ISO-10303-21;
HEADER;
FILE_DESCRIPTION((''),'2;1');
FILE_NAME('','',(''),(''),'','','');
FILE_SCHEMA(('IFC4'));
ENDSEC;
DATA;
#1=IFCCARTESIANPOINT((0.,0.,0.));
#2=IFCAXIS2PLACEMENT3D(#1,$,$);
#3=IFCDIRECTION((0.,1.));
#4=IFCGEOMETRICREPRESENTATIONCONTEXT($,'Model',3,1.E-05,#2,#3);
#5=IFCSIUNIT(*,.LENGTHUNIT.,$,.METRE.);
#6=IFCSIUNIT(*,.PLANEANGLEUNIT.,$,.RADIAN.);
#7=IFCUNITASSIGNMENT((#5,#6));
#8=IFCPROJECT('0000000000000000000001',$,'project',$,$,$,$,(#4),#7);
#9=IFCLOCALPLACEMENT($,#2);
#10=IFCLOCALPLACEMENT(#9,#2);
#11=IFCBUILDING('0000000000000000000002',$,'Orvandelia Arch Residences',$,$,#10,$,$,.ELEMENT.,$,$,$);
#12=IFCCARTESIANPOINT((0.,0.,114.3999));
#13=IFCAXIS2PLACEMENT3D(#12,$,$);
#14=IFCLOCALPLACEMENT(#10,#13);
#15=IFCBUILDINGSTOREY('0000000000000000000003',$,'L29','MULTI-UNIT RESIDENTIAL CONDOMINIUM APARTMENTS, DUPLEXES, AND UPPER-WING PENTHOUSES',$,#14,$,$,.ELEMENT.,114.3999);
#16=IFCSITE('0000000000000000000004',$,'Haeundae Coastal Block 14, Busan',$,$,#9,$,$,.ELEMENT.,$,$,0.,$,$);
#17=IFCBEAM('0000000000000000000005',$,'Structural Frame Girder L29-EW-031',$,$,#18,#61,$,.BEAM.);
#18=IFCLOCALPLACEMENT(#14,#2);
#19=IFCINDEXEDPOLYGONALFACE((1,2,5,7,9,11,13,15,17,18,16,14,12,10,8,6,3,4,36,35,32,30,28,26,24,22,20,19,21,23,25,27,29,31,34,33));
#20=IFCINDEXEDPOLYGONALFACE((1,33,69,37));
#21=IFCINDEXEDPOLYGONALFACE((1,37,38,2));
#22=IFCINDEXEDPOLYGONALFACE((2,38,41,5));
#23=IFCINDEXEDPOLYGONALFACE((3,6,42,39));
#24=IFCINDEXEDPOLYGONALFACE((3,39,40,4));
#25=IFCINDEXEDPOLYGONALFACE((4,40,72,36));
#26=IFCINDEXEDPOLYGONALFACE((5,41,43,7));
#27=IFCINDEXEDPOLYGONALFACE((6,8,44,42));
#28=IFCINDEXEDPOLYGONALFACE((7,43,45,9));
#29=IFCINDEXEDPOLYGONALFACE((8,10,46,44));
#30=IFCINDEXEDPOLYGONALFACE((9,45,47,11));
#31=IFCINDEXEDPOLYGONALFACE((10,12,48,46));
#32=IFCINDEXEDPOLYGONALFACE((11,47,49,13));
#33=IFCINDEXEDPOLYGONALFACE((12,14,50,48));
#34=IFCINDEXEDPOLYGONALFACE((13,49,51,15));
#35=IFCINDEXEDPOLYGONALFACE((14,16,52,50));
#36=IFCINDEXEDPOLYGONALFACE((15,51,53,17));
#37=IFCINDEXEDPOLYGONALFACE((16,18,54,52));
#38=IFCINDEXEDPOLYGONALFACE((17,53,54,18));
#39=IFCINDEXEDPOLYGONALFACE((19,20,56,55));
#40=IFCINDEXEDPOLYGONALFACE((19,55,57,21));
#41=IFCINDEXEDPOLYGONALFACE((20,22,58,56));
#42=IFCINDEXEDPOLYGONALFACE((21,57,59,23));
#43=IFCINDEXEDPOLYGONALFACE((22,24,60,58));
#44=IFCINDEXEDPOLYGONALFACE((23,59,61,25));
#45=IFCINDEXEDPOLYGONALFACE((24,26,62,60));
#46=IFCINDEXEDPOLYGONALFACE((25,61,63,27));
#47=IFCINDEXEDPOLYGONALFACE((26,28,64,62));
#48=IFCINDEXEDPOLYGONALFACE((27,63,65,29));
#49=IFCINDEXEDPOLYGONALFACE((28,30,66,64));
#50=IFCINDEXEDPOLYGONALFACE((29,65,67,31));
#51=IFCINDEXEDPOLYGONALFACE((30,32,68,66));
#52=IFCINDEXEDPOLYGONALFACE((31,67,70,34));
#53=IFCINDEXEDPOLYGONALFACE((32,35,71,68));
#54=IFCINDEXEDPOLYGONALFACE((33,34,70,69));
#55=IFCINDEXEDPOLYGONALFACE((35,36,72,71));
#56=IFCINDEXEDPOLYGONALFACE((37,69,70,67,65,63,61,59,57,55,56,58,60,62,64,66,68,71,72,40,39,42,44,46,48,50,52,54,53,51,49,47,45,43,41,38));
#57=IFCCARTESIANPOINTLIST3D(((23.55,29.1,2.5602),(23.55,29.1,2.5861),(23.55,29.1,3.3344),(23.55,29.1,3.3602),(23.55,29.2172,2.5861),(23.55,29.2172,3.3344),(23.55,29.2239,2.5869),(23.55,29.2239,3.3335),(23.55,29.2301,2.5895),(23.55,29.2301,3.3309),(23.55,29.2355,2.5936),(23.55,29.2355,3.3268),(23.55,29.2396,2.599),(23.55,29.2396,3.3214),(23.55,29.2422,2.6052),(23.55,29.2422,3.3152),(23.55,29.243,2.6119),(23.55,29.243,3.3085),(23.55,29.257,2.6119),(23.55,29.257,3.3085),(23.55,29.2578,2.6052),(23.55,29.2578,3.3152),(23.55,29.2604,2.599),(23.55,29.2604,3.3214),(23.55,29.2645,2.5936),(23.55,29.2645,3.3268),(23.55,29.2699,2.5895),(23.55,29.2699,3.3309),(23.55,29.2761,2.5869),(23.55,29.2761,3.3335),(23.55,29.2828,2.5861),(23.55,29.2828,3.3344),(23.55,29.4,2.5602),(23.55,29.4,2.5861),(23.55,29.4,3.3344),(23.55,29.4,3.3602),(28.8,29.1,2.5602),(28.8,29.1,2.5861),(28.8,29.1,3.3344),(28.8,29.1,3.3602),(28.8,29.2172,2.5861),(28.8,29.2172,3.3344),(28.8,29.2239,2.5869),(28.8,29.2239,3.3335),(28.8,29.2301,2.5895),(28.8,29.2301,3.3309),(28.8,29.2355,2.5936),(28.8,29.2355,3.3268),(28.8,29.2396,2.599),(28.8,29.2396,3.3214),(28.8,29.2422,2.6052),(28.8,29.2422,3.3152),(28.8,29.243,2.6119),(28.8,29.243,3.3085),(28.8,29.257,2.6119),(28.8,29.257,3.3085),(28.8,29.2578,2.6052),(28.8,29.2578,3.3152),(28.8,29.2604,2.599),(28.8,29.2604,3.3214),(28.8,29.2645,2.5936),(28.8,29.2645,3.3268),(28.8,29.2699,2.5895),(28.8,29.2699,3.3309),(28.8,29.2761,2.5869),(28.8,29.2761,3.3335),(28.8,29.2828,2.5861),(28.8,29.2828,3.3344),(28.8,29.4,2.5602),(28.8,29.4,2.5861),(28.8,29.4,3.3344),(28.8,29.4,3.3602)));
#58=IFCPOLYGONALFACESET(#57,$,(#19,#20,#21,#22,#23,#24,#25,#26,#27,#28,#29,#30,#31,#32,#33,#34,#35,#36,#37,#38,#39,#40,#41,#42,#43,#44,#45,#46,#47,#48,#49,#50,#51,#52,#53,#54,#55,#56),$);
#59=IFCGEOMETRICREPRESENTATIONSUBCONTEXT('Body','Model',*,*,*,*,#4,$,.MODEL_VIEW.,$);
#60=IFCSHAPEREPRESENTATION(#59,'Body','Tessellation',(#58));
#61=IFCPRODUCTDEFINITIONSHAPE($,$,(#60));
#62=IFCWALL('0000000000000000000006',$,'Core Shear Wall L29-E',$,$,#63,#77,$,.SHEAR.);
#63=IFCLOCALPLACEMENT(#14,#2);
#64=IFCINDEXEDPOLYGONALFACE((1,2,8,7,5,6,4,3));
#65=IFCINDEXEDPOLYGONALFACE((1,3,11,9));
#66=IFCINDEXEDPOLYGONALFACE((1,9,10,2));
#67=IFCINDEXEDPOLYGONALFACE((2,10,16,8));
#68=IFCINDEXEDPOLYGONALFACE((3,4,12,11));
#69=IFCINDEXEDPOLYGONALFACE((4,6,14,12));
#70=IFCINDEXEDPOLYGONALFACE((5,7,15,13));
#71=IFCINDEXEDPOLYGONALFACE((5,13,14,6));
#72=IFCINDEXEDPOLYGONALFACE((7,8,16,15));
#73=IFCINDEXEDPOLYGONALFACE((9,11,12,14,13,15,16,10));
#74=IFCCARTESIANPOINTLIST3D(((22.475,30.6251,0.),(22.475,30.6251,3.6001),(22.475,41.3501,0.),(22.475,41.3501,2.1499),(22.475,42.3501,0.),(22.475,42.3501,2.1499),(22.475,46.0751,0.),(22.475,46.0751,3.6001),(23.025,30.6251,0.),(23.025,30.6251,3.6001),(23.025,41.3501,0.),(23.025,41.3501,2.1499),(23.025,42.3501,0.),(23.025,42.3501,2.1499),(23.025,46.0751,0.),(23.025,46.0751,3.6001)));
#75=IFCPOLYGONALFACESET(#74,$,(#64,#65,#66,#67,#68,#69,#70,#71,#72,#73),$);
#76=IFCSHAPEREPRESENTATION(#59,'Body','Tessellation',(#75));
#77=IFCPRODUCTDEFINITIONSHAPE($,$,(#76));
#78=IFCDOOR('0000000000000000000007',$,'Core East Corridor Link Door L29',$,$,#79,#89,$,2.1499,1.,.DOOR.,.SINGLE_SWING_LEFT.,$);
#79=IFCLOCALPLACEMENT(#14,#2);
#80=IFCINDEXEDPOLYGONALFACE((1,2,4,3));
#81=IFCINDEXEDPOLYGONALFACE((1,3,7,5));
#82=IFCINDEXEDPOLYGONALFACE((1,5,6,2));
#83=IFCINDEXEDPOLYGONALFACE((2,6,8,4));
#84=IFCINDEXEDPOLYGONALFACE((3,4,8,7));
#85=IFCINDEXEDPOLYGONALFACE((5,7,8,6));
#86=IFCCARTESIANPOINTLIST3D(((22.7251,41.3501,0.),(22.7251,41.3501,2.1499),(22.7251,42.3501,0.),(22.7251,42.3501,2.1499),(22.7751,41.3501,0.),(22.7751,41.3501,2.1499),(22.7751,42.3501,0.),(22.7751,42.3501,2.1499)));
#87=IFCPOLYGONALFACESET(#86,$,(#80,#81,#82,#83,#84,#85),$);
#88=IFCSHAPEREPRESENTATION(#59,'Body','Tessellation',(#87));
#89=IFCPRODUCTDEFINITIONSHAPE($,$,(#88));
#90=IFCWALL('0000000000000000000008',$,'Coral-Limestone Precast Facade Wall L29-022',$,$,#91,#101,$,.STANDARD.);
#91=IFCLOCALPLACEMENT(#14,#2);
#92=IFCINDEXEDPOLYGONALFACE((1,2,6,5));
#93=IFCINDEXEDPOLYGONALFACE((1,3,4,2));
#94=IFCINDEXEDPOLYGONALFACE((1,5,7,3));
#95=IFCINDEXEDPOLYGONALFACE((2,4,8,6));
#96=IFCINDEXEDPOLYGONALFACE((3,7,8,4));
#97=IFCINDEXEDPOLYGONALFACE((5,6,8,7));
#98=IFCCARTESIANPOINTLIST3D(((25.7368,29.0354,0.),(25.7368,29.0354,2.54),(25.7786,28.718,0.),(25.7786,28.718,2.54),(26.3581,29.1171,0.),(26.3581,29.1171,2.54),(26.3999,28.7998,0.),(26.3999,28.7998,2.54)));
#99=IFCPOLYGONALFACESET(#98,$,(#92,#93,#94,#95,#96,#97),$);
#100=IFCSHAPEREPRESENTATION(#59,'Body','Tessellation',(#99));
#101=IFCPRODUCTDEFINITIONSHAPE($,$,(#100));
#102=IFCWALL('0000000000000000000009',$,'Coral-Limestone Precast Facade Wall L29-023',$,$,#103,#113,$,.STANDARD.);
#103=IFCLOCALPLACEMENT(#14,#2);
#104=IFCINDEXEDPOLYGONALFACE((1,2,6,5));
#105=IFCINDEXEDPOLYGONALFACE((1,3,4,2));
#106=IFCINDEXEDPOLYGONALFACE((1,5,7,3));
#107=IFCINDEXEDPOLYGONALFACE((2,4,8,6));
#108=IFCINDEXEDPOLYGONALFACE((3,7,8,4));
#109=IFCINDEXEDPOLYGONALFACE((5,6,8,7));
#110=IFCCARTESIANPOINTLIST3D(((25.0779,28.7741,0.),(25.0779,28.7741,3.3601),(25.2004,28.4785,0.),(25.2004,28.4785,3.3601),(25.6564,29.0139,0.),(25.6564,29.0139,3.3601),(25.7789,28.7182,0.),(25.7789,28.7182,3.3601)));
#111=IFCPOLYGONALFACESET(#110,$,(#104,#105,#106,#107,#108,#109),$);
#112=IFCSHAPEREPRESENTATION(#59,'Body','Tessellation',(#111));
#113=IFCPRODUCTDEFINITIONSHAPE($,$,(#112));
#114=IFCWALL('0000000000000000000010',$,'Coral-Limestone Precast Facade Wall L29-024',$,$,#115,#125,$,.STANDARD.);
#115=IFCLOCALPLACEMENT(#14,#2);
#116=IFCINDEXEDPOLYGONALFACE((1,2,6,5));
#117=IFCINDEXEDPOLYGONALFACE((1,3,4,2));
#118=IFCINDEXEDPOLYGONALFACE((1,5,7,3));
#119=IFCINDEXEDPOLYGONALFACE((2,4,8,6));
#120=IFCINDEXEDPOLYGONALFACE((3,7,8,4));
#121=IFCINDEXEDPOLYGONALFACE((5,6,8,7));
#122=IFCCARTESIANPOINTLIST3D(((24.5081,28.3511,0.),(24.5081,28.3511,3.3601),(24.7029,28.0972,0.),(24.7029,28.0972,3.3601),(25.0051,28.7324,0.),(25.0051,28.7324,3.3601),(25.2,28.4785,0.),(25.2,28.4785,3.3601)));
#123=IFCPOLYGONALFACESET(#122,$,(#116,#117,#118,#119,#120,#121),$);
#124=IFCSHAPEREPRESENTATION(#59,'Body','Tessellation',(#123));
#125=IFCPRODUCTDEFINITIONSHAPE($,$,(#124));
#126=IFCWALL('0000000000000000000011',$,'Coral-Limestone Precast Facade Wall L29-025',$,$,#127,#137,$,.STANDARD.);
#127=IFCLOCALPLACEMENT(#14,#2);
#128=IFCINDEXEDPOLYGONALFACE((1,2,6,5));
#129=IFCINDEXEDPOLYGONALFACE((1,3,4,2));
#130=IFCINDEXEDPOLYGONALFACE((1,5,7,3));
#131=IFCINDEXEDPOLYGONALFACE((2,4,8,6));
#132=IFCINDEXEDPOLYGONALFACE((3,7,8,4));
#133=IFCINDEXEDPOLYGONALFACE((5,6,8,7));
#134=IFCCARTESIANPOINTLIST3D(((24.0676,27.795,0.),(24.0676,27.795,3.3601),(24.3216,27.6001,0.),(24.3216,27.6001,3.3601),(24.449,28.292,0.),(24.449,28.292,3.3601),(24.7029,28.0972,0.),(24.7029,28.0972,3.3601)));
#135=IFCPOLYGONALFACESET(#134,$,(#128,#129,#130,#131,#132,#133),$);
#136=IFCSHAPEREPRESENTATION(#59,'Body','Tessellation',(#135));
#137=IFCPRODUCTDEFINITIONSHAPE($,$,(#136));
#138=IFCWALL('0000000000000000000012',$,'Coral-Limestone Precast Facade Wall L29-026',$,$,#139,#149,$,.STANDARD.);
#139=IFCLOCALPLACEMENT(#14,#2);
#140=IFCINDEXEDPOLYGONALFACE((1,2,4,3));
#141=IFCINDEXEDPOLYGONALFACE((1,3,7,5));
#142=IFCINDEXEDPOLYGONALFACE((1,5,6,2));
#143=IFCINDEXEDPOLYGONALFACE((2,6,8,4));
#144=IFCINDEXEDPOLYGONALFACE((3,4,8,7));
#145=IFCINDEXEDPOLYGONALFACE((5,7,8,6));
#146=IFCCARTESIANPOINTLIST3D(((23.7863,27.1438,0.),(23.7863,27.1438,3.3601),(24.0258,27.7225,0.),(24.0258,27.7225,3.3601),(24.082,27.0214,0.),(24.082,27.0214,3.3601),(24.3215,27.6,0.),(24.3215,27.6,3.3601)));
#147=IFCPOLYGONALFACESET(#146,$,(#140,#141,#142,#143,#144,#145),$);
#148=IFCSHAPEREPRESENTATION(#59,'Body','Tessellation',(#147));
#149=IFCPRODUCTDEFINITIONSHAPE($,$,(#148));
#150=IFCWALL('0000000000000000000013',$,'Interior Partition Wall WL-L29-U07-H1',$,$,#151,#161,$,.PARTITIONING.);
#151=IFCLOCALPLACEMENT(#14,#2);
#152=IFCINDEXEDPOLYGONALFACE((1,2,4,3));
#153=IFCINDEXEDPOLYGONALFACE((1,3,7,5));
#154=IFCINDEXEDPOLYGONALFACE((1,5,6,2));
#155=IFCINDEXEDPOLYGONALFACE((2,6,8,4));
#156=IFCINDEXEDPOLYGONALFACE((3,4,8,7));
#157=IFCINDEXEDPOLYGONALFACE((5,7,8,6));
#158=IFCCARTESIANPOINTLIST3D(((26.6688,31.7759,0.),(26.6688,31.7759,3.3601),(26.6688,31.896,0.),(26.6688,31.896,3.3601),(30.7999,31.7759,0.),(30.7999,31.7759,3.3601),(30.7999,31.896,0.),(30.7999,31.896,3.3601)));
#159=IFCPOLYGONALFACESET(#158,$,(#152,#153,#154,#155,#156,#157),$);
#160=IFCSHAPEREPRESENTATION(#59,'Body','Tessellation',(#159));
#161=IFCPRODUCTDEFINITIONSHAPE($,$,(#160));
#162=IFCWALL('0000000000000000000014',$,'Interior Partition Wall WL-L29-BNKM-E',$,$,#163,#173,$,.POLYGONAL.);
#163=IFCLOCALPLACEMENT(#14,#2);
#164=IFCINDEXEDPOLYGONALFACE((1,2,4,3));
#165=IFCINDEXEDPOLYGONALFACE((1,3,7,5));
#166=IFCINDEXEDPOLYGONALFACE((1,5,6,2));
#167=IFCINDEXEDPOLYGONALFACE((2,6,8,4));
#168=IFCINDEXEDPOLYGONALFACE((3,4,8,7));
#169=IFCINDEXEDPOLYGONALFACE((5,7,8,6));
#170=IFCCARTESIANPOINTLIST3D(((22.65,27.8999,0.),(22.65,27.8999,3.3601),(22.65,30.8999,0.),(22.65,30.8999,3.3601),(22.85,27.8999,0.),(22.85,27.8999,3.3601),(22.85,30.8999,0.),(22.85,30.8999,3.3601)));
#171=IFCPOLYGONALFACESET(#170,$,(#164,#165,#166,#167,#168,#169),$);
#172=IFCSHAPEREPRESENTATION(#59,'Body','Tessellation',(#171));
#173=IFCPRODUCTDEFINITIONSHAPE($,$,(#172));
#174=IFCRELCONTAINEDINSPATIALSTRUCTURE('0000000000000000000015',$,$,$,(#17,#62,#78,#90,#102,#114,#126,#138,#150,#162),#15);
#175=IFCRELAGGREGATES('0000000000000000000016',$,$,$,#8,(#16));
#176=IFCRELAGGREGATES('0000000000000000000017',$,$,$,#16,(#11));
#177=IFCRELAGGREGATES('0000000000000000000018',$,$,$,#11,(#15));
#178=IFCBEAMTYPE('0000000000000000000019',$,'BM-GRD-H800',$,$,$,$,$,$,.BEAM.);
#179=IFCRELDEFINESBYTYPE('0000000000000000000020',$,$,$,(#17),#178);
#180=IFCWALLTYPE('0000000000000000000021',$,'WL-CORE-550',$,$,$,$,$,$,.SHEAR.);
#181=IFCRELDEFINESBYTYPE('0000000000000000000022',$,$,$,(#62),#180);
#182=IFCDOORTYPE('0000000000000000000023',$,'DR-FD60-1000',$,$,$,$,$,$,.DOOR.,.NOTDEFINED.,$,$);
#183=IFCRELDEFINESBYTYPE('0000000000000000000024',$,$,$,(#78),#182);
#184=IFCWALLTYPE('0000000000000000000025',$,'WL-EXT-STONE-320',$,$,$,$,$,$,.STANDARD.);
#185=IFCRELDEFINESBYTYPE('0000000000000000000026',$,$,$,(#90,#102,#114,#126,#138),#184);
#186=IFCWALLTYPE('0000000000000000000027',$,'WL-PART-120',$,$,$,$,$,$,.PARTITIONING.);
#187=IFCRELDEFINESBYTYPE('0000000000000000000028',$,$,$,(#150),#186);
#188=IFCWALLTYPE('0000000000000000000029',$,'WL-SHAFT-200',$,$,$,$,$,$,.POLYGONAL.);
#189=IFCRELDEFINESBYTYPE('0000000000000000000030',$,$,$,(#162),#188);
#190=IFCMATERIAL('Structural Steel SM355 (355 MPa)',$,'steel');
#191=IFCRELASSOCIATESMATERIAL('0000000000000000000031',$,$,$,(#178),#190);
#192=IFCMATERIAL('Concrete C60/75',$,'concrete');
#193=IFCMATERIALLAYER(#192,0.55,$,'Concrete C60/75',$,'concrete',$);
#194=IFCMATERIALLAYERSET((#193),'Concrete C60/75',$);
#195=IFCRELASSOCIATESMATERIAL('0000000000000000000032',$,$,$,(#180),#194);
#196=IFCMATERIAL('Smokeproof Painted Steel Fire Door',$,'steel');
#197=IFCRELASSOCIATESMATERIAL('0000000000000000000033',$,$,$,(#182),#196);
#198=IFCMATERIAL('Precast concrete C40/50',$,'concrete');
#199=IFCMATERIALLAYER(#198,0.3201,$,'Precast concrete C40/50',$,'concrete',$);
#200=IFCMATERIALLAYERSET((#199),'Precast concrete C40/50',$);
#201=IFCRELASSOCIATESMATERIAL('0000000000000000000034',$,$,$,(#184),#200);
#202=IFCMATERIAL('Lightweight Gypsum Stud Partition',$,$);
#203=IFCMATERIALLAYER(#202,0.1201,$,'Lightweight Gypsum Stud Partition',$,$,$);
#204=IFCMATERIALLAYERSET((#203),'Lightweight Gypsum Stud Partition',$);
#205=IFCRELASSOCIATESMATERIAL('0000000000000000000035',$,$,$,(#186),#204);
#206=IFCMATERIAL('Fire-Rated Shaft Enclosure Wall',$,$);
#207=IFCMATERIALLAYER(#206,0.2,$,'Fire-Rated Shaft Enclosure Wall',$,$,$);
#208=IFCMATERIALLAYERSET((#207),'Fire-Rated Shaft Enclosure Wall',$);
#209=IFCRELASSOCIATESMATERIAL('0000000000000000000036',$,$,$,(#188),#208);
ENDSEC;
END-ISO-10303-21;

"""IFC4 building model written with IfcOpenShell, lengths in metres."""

from ifc_helpers import new_model, si_unit, direction, frame, frame_2d, origin, origin_2d, place, context, subcontext, project, spatial, rectangle, i_section, extrude, material, layer, layer_set, material_profile, profile_set, type_object, element, fill, save


model = new_model("IFC4")

# Units and contexts
model_context = context("Model", 3, precision=1e-05, world=origin(), true_north=direction((0.0, 1.0)))
body_context = subcontext(model_context, "Body", "Model", "MODEL_VIEW")
ifc_project = project(units=[si_unit("LENGTHUNIT", "METRE"), si_unit("PLANEANGLEUNIT", "RADIAN")], contexts=[model_context])

# Site, building, storey
site_placement = place(None, origin())
site = spatial("IfcSite", under=ifc_project, at=site_placement, Name="Haeundae Coastal Block 14, Busan", CompositionType="ELEMENT", RefElevation=0.0)
building_placement = place(site_placement, origin())
building = spatial("IfcBuilding", under=site, at=building_placement, Name="Orvandelia Arch Residences", CompositionType="ELEMENT")
storey_placement = place(building_placement, frame((0.0, 0.0, 114.3999)))
storey = spatial("IfcBuildingStorey", under=building, at=storey_placement, Name="L29", Description="MULTI-UNIT RESIDENTIAL CONDOMINIUM APARTMENTS, DUPLEXES, AND UPPER-WING PENTHOUSES", CompositionType="ELEMENT", Elevation=114.3999)

# Shared definitions
ifc_material_1 = material(Name="Concrete C60/75", Category="concrete")

# Beam
ifc_material_2 = material(Name="Structural Steel SM355 (355 MPa)", Category="steel")
ifc_material_profile_1 = material_profile(ifc_material_2, i_section(OverallWidth=0.3, OverallDepth=0.8, WebThickness=0.0139, FlangeThickness=0.0259, FilletRadius=0.0259, at=origin_2d()), Name="Structural Steel SM355 (355 MPa)", Category="steel")
ifc_profile_set_1 = profile_set([ifc_material_profile_1], Name="Structural Steel SM355 (355 MPa)")
beam_type = type_object("IfcBeamType", Name="BM-GRD-H800", PredefinedType="BEAM", material=ifc_profile_set_1)
beam_1_placement = place(storey_placement, frame((23.55, 29.25, 2.9602), z_axis=(1.0, 0.0, 0.0), x_axis=(0.0, 1.0, 0.0)))
element("IfcBeam", 1, at=beam_1_placement, inside=storey, type_object=beam_type, Name="Structural Frame Girder L29-EW-031", PredefinedType="BEAM", context=body_context, shape_type="SweptSolid", body=[
    extrude(i_section(OverallWidth=0.3, OverallDepth=0.8, WebThickness=0.0139, FlangeThickness=0.0259, FilletRadius=0.0259, at=origin_2d()), origin(), (0.0, 0.0, 1.0), 5.25),
])

# Wall, opening, door
ifc_layer_1 = layer(ifc_material_1, 0.55, Name="Concrete C60/75", Category="concrete")
ifc_layer_set_1 = layer_set([ifc_layer_1], Name="Concrete C60/75")
wall_type_1 = type_object("IfcWallType", Name="WL-CORE-550", PredefinedType="SHEAR", material=ifc_layer_set_1)
wall_1_placement = place(storey_placement, frame((22.75, 30.625, 0.0), z_axis=(0.0, 0.0, 1.0), x_axis=(0.0, 1.0, 0.0)))
wall_1 = element("IfcWall", 2, at=wall_1_placement, inside=storey, type_object=wall_type_1, Name="Core Shear Wall L29-E", PredefinedType="SHEAR", context=body_context, shape_type="SweptSolid", body=[
    extrude(rectangle(XDim=15.45, YDim=0.55, at=frame_2d((7.7251, 0.0))), origin(), (0.0, 0.0, 1.0), 3.6001),
])
opening_1_placement = place(wall_1_placement, frame((10.7251, 0.0, 0.0)))
opening_1 = element("IfcOpeningElement", 3, at=opening_1_placement, cuts=wall_1, PredefinedType="OPENING", context=body_context, shape_type="SweptSolid", body=[
    extrude(rectangle(XDim=1.0, YDim=2.1499, at=frame_2d((0.5, 1.075))), frame((0.0, 0.2852, 0.0), z_axis=(0.0, -1.0, 0.0), x_axis=(1.0, 0.0, 0.0)), (0.0, 0.0, 1.0), 0.5701),
])
ifc_material_3 = material(Name="Smokeproof Painted Steel Fire Door", Category="steel")
door_type_1 = type_object("IfcDoorType", Name="DR-FD60-1000", OperationType="NOTDEFINED", PredefinedType="DOOR", material=ifc_material_3)
door_1_placement = place(opening_1_placement, origin())
door_1 = element("IfcDoor", 4, at=door_1_placement, inside=storey, type_object=door_type_1, Name="Core East Corridor Link Door L29", OperationType="SINGLE_SWING_LEFT", OverallHeight=2.1499, OverallWidth=1.0, PredefinedType="DOOR", context=body_context, shape_type="SweptSolid", body=[
    extrude(rectangle(XDim=1.0, YDim=2.1499, at=frame_2d((0.5, 1.075))), frame((0.0, 0.0249, 0.0), z_axis=(0.0, -1.0, 0.0), x_axis=(1.0, 0.0, 0.0)), (0.0, 0.0, 1.0), 0.05),
])
fill(opening_1, door_1)

# Walls
ifc_material_4 = material(Name="Precast concrete C40/50", Category="concrete")
ifc_layer_2 = layer(ifc_material_4, 0.3201, Name="Precast concrete C40/50", Category="concrete")
ifc_layer_set_2 = layer_set([ifc_layer_2], Name="Precast concrete C40/50")
wall_type_2 = type_object("IfcWallType", Name="WL-EXT-STONE-320", PredefinedType="STANDARD", material=ifc_layer_set_2)
wall_2_placement = place(storey_placement, frame((26.3792, 28.9585, 0.0), z_axis=(0.0, 0.0, 1.0), x_axis=(-0.991448, -0.130505, 0.0)))
element("IfcWall", 5, at=wall_2_placement, inside=storey, type_object=wall_type_2, Name="Coral-Limestone Precast Facade Wall L29-022", PredefinedType="STANDARD", context=body_context, shape_type="SweptSolid", body=[
    extrude(rectangle(XDim=0.6267, YDim=0.3201, at=frame_2d((0.3135, 0.0))), origin(), (0.0, 0.0, 1.0), 2.54),
])
wall_3_placement = place(storey_placement, frame((25.7175, 28.866, 0.0), z_axis=(0.0, 0.0, 1.0), x_axis=(-0.923836, -0.382788, 0.0)))
element("IfcWall", 6, at=wall_3_placement, inside=storey, type_object=wall_type_2, Name="Coral-Limestone Precast Facade Wall L29-023", PredefinedType="STANDARD", context=body_context, shape_type="SweptSolid", body=[
    extrude(rectangle(XDim=0.6262, YDim=0.3201, at=frame_2d((0.313, 0.0))), origin(), (0.0, 0.0, 1.0), 3.3601),
])
for number, where, z_axis, x_axis, name in (
    (7, (25.1025, 28.6055, 0.0), (0.0, 0.0, 1.0), (-0.793406, -0.608693, 0.0), "Coral-Limestone Precast Facade Wall L29-024"),
    (8, (24.5759, 28.1946, 0.0), (0.0, 0.0, 1.0), (-0.608693, -0.793406, 0.0), "Coral-Limestone Precast Facade Wall L29-025"),
):
    element("IfcWall", number, at=place(storey_placement, frame(where, z_axis=z_axis, x_axis=x_axis)), inside=storey, type_object=wall_type_2, Name=name, PredefinedType="STANDARD", context=body_context, shape_type="SweptSolid", body=[
        extrude(rectangle(XDim=0.6265, YDim=0.3201, at=frame_2d((0.3132, 0.0))), origin(), (0.0, 0.0, 1.0), 3.3601),
    ])
wall_4_placement = place(storey_placement, frame((24.1736, 27.6611, 0.0), z_axis=(0.0, 0.0, 1.0), x_axis=(-0.382455, -0.923974, 0.0)))
element("IfcWall", 9, at=wall_4_placement, inside=storey, type_object=wall_type_2, Name="Coral-Limestone Precast Facade Wall L29-026", PredefinedType="STANDARD", context=body_context, shape_type="SweptSolid", body=[
    extrude(rectangle(XDim=0.6262, YDim=0.3201, at=frame_2d((0.313, 0.0))), origin(), (0.0, 0.0, 1.0), 3.3601),
])
ifc_material_5 = material(Name="Lightweight Gypsum Stud Partition")
ifc_layer_3 = layer(ifc_material_5, 0.1201, Name="Lightweight Gypsum Stud Partition")
ifc_layer_set_3 = layer_set([ifc_layer_3], Name="Lightweight Gypsum Stud Partition")
wall_type_3 = type_object("IfcWallType", Name="WL-PART-120", PredefinedType="PARTITIONING", material=ifc_layer_set_3)
wall_5_placement = place(storey_placement, frame((26.6689, 31.8359, 0.0), z_axis=(0.0, 0.0, 1.0), x_axis=(1.0, 0.0, 0.0)))
element("IfcWall", 10, at=wall_5_placement, inside=storey, type_object=wall_type_3, Name="Interior Partition Wall WL-L29-U07-H1", PredefinedType="PARTITIONING", context=body_context, shape_type="SweptSolid", body=[
    extrude(rectangle(XDim=4.1311, YDim=0.1201, at=frame_2d((2.0654, 0.0))), origin(), (0.0, 0.0, 1.0), 3.3601),
])
ifc_material_6 = material(Name="Fire-Rated Shaft Enclosure Wall")
ifc_layer_4 = layer(ifc_material_6, 0.2, Name="Fire-Rated Shaft Enclosure Wall")
ifc_layer_set_4 = layer_set([ifc_layer_4], Name="Fire-Rated Shaft Enclosure Wall")
wall_type_4 = type_object("IfcWallType", Name="WL-SHAFT-200", PredefinedType="POLYGONAL", material=ifc_layer_set_4)
wall_6_placement = place(storey_placement, frame((22.75, 27.8999, 0.0), z_axis=(0.0, 0.0, 1.0), x_axis=(0.0, 1.0, 0.0)))
element("IfcWall", 11, at=wall_6_placement, inside=storey, type_object=wall_type_4, Name="Interior Partition Wall WL-L29-BNKM-E", PredefinedType="POLYGONAL", context=body_context, shape_type="SweptSolid", body=[
    extrude(rectangle(XDim=3.0, YDim=0.2, at=frame_2d((1.5, 0.0))), origin(), (0.0, 0.0, 1.0), 3.3601),
])

save(model, "model.ifc")
